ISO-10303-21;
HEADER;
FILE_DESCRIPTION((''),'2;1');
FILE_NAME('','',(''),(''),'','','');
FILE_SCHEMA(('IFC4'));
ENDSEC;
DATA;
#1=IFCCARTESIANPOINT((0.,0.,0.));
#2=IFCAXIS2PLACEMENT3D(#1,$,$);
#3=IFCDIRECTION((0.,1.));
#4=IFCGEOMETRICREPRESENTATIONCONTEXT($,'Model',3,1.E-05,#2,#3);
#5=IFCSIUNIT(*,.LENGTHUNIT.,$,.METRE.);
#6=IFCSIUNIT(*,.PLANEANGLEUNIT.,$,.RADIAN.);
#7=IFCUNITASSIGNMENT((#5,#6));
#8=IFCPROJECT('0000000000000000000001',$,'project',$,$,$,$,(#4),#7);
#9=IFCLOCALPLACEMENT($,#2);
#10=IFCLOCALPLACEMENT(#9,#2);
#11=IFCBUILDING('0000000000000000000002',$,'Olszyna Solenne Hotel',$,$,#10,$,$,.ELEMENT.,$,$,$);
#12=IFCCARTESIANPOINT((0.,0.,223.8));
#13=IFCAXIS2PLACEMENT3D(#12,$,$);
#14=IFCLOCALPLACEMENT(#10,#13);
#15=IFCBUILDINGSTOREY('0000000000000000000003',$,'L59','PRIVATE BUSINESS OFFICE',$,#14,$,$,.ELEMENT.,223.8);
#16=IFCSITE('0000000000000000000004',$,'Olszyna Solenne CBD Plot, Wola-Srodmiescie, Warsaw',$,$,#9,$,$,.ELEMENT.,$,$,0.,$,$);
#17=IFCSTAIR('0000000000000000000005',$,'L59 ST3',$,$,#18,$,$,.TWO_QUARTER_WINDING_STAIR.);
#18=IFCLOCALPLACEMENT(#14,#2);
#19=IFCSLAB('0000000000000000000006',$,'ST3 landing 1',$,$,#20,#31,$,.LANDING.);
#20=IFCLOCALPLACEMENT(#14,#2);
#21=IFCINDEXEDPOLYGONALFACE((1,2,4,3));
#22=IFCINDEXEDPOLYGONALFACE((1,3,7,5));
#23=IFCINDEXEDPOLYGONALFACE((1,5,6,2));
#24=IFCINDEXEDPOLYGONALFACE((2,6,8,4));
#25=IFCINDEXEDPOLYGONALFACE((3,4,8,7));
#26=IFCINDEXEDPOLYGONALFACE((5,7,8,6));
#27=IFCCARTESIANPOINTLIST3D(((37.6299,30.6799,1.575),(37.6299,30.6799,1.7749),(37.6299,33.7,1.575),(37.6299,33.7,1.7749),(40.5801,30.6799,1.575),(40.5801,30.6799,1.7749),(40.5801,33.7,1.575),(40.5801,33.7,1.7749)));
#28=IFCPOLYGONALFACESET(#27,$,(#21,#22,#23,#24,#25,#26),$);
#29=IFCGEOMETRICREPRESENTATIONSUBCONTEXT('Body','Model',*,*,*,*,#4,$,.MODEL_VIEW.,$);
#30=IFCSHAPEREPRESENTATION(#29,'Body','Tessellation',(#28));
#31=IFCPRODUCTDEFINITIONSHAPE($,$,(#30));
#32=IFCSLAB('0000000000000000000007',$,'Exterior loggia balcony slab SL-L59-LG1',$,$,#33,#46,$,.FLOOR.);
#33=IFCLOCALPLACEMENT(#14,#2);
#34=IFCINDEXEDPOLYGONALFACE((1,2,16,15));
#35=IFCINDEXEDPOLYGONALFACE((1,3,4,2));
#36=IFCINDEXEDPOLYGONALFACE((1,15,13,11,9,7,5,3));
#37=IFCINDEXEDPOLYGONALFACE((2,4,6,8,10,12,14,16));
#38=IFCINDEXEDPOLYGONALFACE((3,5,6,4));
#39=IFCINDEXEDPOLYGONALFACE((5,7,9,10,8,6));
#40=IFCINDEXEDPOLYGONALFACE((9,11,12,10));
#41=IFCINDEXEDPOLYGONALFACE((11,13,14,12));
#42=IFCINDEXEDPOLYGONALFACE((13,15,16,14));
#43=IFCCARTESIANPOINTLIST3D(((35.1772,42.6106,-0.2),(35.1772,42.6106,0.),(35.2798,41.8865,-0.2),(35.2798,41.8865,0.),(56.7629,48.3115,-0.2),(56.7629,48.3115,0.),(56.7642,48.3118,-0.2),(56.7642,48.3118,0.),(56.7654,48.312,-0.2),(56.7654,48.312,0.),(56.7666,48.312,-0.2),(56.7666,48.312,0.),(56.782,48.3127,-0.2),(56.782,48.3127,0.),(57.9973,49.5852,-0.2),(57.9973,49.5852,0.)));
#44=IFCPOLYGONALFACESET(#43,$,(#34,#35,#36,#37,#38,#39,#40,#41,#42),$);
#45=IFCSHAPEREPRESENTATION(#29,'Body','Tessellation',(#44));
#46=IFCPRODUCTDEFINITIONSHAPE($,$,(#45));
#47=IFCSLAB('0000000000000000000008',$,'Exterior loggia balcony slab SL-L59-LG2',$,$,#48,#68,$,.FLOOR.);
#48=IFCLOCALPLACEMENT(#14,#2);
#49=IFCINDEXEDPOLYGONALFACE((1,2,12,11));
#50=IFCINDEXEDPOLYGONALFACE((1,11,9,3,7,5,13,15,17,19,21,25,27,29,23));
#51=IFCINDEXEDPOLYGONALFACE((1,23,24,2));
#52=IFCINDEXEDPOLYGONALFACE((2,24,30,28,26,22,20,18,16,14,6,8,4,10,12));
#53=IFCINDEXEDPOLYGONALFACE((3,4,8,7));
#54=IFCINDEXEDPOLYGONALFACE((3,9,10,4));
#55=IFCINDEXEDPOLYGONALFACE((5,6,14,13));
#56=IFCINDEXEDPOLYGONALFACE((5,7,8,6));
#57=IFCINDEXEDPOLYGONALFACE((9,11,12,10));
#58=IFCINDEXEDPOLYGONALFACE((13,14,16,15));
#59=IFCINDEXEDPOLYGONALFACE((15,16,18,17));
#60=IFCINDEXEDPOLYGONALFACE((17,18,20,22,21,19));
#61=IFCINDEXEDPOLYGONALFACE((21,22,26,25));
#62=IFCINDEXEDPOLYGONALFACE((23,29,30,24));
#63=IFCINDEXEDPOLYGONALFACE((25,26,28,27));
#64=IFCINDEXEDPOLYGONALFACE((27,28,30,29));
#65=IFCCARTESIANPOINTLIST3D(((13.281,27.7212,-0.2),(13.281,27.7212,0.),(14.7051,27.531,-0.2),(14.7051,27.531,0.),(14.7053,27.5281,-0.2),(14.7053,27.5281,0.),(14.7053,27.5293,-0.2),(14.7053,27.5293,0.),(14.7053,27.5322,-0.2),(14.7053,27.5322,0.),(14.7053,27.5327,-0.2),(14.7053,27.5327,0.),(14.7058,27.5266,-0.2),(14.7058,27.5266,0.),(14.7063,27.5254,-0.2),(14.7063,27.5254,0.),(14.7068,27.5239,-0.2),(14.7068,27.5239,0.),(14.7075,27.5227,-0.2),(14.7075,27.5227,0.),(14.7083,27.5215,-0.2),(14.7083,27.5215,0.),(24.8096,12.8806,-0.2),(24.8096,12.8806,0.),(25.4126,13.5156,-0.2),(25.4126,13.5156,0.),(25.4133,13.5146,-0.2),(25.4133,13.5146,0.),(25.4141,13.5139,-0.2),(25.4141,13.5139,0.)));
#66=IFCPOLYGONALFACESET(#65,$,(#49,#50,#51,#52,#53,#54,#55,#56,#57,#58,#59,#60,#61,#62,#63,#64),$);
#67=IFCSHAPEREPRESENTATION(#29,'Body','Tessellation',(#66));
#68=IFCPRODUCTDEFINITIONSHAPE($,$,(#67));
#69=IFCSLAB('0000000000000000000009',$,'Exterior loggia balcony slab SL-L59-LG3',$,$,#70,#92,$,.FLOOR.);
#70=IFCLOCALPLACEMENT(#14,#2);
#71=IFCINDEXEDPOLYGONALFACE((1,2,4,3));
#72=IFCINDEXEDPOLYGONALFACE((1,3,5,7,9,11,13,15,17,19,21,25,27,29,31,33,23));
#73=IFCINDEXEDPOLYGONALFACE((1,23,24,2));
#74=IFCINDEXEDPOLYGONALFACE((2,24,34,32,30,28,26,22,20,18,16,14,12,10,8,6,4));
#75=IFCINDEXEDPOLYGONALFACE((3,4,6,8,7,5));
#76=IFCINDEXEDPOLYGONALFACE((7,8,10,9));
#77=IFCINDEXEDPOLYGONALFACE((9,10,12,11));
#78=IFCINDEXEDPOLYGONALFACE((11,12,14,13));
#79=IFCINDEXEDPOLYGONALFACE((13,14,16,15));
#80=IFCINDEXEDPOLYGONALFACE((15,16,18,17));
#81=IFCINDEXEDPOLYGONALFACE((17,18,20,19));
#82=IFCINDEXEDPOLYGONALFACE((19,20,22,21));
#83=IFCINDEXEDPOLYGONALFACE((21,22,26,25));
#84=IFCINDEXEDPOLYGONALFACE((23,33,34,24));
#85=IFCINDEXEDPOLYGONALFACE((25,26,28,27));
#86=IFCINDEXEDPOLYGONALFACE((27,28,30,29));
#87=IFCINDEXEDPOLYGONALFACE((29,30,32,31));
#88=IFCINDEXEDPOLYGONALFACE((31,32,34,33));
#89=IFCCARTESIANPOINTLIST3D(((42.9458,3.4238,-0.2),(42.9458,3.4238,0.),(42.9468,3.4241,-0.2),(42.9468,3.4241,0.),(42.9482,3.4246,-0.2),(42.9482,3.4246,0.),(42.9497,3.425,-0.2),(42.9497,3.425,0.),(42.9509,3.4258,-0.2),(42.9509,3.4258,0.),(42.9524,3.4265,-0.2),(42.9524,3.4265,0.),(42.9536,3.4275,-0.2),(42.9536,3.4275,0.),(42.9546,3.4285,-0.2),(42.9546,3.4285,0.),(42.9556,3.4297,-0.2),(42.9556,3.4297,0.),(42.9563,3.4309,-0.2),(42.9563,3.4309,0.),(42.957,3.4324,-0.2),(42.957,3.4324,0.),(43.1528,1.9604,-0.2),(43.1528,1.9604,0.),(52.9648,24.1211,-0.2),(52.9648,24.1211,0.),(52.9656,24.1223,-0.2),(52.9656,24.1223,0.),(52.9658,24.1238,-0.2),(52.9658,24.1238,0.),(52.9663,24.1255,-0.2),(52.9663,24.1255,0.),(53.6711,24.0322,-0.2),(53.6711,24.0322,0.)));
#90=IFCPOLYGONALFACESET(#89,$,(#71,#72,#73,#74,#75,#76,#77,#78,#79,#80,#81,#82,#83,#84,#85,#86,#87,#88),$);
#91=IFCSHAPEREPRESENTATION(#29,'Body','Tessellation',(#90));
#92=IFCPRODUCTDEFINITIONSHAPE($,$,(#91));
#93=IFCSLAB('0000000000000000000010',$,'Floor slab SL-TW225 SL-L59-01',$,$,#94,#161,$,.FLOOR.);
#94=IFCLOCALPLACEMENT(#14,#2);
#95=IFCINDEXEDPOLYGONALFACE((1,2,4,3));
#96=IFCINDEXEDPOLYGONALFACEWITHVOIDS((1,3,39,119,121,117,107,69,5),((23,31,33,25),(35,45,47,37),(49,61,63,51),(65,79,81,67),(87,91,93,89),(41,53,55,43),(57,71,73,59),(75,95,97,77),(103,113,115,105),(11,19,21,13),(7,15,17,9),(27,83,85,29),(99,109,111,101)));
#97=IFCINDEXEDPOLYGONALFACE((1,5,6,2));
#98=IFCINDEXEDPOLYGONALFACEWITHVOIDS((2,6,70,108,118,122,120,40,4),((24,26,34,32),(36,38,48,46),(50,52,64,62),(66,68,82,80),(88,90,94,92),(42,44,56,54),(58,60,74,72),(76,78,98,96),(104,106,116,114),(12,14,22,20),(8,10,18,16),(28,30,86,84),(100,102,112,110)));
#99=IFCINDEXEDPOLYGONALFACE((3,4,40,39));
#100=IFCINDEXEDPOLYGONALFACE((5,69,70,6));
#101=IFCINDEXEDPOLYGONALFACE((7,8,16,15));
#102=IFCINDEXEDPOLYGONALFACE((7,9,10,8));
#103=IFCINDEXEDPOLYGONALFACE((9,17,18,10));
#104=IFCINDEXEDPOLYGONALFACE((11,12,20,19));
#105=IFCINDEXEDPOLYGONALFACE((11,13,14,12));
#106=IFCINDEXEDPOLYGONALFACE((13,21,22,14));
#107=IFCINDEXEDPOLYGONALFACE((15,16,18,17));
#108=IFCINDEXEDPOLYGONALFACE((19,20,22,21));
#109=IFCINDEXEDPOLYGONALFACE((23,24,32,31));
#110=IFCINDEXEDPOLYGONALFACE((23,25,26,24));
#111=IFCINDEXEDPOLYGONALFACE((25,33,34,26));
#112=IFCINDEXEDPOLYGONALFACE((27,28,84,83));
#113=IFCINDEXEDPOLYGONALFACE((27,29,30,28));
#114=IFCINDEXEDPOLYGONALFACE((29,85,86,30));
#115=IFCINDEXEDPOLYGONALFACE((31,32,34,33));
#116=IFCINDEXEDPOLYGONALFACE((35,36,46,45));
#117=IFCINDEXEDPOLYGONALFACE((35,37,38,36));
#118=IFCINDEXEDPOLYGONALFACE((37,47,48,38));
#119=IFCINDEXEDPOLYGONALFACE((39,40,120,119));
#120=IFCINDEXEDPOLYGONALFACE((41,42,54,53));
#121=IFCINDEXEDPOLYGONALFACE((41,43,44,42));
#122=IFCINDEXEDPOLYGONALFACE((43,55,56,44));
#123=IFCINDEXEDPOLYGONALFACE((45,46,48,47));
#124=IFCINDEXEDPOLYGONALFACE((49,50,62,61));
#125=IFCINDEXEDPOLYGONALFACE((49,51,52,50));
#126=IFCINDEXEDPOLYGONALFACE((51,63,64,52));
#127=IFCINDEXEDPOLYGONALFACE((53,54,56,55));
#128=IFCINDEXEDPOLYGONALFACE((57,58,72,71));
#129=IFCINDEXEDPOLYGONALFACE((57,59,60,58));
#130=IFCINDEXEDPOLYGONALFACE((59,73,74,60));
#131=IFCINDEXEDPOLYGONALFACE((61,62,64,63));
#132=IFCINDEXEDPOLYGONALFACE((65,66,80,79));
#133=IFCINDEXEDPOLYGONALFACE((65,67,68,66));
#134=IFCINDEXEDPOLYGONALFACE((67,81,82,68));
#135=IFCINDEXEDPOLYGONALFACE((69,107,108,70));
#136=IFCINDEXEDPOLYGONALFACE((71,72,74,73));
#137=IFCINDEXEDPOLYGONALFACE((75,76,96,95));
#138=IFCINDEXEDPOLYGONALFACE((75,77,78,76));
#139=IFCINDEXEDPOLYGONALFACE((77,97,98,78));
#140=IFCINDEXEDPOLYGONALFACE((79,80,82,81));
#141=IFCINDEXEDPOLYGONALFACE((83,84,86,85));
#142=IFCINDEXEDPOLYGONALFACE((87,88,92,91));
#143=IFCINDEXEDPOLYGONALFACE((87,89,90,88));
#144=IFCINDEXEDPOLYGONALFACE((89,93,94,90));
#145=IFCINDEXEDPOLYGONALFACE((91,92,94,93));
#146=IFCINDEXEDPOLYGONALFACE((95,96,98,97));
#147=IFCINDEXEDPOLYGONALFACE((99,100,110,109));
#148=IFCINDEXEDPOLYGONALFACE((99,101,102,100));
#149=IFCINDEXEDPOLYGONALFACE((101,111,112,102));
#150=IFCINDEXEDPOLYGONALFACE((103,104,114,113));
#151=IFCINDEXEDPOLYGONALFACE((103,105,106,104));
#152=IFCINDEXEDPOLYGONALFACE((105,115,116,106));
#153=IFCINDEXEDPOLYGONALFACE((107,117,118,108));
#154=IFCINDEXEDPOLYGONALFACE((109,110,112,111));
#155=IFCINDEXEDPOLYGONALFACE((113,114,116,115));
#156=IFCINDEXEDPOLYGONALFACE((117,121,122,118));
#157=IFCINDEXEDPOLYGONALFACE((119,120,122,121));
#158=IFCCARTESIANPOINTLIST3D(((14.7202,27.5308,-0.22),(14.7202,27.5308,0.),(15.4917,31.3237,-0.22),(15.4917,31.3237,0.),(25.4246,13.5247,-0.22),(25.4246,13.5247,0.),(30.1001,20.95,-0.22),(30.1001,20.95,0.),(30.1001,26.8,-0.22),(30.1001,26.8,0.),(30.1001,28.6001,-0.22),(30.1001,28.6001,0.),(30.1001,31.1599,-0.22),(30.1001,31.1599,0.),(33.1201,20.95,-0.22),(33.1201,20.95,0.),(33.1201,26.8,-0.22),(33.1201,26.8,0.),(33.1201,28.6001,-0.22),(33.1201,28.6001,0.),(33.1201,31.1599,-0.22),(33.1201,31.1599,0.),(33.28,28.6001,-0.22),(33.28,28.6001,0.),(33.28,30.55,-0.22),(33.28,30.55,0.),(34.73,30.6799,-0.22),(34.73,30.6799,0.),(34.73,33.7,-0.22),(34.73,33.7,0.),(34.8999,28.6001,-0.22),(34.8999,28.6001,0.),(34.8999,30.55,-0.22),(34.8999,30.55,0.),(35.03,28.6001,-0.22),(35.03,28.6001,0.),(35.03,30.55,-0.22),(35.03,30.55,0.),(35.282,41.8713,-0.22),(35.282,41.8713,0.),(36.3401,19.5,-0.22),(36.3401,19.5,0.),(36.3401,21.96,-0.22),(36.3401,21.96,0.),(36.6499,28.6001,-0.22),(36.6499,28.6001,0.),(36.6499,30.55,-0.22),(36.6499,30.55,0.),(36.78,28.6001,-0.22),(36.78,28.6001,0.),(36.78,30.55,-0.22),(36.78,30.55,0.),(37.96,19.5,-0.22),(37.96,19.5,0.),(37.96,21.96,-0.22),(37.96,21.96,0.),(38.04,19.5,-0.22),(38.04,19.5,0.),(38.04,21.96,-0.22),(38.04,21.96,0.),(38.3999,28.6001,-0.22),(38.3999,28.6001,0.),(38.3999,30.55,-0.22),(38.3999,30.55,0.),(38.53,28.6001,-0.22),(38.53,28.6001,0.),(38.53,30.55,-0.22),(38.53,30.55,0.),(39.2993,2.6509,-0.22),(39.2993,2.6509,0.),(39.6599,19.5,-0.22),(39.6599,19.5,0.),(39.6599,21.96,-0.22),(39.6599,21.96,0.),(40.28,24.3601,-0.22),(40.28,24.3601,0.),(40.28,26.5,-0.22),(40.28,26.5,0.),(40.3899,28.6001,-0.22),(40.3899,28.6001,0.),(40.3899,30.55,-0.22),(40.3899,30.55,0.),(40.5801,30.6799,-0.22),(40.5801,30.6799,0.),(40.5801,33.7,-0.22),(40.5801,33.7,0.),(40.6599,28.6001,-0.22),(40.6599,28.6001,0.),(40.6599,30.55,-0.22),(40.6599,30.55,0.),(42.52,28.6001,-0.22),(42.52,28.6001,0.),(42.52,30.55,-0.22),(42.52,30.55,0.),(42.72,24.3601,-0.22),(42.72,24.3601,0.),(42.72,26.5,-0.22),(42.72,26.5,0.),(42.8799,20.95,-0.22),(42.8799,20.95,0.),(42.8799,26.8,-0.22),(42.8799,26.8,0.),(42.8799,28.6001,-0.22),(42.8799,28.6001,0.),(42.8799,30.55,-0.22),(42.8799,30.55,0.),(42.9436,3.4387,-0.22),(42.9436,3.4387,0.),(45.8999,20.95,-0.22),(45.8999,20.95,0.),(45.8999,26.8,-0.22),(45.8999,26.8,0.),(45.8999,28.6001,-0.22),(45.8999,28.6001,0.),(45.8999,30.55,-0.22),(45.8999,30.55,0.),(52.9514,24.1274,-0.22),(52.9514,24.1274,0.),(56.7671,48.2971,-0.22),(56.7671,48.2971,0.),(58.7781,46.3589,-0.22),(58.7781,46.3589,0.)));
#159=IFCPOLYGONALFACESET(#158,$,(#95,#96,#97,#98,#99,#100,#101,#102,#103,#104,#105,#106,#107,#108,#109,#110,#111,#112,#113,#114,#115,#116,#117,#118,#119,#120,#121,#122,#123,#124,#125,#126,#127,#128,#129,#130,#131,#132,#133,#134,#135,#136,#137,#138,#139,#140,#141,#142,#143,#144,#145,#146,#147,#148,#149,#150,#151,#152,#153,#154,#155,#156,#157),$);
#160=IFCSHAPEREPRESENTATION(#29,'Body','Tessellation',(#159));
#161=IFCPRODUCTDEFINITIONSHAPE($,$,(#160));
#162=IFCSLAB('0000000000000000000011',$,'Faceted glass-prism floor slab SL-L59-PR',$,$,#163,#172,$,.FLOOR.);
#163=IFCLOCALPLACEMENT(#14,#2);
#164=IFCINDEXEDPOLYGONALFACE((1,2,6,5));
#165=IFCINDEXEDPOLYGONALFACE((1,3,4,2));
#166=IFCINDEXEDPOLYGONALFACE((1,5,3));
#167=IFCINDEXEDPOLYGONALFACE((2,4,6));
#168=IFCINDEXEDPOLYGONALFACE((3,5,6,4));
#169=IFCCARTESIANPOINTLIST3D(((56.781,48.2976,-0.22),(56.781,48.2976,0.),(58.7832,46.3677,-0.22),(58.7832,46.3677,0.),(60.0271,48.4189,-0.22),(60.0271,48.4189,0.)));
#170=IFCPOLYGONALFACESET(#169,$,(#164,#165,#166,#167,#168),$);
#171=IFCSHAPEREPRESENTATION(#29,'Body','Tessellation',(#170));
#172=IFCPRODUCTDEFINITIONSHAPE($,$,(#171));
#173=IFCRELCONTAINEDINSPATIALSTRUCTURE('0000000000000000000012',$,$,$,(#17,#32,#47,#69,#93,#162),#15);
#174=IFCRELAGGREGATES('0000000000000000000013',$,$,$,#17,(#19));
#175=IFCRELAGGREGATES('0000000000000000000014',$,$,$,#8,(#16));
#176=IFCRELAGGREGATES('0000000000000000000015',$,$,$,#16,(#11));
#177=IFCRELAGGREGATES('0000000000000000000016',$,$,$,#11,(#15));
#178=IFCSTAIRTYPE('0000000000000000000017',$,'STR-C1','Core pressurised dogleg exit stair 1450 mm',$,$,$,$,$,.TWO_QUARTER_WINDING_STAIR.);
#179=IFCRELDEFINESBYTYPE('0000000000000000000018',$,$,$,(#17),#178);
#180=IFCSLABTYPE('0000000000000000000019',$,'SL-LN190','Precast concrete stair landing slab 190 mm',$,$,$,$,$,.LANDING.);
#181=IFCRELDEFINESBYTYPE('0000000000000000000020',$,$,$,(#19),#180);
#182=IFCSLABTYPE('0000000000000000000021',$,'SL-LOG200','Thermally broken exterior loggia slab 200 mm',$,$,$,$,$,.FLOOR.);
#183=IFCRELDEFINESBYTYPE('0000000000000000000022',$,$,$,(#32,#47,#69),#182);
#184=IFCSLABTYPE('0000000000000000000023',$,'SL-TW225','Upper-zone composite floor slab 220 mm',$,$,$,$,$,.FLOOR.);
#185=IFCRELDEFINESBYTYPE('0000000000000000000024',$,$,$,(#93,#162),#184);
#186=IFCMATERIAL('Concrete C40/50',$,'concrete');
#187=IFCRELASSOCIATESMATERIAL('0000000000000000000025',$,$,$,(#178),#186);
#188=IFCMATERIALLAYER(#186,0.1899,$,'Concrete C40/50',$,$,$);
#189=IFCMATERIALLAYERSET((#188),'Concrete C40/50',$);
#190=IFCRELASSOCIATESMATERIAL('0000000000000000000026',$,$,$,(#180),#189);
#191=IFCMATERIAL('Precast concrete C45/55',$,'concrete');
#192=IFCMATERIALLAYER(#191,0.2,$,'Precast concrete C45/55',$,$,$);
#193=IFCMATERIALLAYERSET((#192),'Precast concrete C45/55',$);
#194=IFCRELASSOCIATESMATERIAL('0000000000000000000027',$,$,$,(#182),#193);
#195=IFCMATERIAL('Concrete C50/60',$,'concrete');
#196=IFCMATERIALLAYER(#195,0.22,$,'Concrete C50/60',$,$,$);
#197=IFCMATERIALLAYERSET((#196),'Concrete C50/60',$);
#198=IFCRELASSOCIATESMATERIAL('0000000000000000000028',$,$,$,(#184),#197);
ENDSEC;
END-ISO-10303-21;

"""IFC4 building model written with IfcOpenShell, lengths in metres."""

from ifc_helpers import new_model, si_unit, direction, frame, origin, place, context, subcontext, project, spatial, polyline, outline, extrude, material, layer, layer_set, type_object, element, aggregate, save


model = new_model("IFC4")

# Units and contexts
model_context = context("Model", 3, precision=1e-05, world=origin(), true_north=direction((0.0, 1.0)))
body_context = subcontext(model_context, "Body", "Model", "MODEL_VIEW")
ifc_project = project(units=[si_unit("LENGTHUNIT", "METRE"), si_unit("PLANEANGLEUNIT", "RADIAN")], contexts=[model_context])

# Site, building, storey
site_placement = place(None, origin())
site = spatial("IfcSite", under=ifc_project, at=site_placement, Name="Olszyna Solenne CBD Plot, Wola-Srodmiescie, Warsaw", CompositionType="ELEMENT", RefElevation=0.0)
building_placement = place(site_placement, origin())
building = spatial("IfcBuilding", under=site, at=building_placement, Name="Olszyna Solenne Hotel", CompositionType="ELEMENT")
storey_placement = place(building_placement, frame((0.0, 0.0, 223.8)))
storey = spatial("IfcBuildingStorey", under=building, at=storey_placement, Name="L59", Description="PRIVATE BUSINESS OFFICE", CompositionType="ELEMENT", Elevation=223.8)

# Stair, slab
ifc_material_1 = material(Name="Concrete C40/50", Category="concrete")
stair_type = type_object("IfcStairType", Name="STR-C1", Description="Core pressurised dogleg exit stair 1450 mm", PredefinedType="TWO_QUARTER_WINDING_STAIR", material=ifc_material_1)
ifc_layer_1 = layer(ifc_material_1, 0.1899, Name="Concrete C40/50")
ifc_layer_set_1 = layer_set([ifc_layer_1], Name="Concrete C40/50")
slab_type_1 = type_object("IfcSlabType", Name="SL-LN190", Description="Precast concrete stair landing slab 190 mm", PredefinedType="LANDING", material=ifc_layer_set_1)
stair_1_placement = place(storey_placement, origin())
stair_1 = element("IfcStair", 1, at=stair_1_placement, inside=storey, type_object=stair_type, Name="L59 ST3", PredefinedType="TWO_QUARTER_WINDING_STAIR")
slab_1_placement = place(storey_placement, frame((0.0, 0.0, 1.575)))
slab_1 = element("IfcSlab", 2, at=slab_1_placement, type_object=slab_type_1, Name="ST3 landing 1", PredefinedType="LANDING", context=body_context, shape_type="SweptSolid", body=[
    extrude(outline(polyline([(37.6299, 30.6799), (40.5801, 30.6799), (40.5801, 33.7), (37.6299, 33.7), (37.6299, 30.6799)])), origin(), (0.0, 0.0, 1.0), 0.2),
])
aggregate(stair_1, [slab_1])

# Slabs
ifc_material_2 = material(Name="Precast concrete C45/55", Category="concrete")
ifc_layer_2 = layer(ifc_material_2, 0.2, Name="Precast concrete C45/55")
ifc_layer_set_2 = layer_set([ifc_layer_2], Name="Precast concrete C45/55")
slab_type_2 = type_object("IfcSlabType", Name="SL-LOG200", Description="Thermally broken exterior loggia slab 200 mm", PredefinedType="FLOOR", material=ifc_layer_set_2)
slab_2_placement = place(storey_placement, frame((0.0, 0.0, -0.2)))
element("IfcSlab", 3, at=slab_2_placement, inside=storey, type_object=slab_type_2, Name="Exterior loggia balcony slab SL-L59-LG1", PredefinedType="FLOOR", context=body_context, shape_type="SweptSolid", body=[
    extrude(outline(polyline([(35.2798, 41.8865), (56.7629, 48.3115), (56.7642, 48.3118), (56.7654, 48.312), (56.7666, 48.312), (56.782, 48.3127), (57.9973, 49.5852), (35.1772, 42.6106), (35.2798, 41.8865)])), origin(), (0.0, 0.0, 1.0), 0.2),
])
slab_3_placement = place(storey_placement, frame((0.0, 0.0, -0.2)))
element("IfcSlab", 4, at=slab_3_placement, inside=storey, type_object=slab_type_2, Name="Exterior loggia balcony slab SL-L59-LG2", PredefinedType="FLOOR", context=body_context, shape_type="SweptSolid", body=[
    extrude(outline(polyline([(25.4141, 13.5139), (25.4133, 13.5146), (25.4126, 13.5156), (14.7083, 27.5215), (14.7075, 27.5227), (14.7068, 27.5239), (14.7063, 27.5254), (14.7058, 27.5266), (14.7053, 27.5281), (14.7053, 27.5293), (14.7051, 27.531), (14.7053, 27.5322), (14.7053, 27.5327), (13.281, 27.7212), (24.8096, 12.8806), (25.4141, 13.5139)])), origin(), (0.0, 0.0, 1.0), 0.2),
])
slab_4_placement = place(storey_placement, frame((0.0, 0.0, -0.2)))
element("IfcSlab", 5, at=slab_4_placement, inside=storey, type_object=slab_type_2, Name="Exterior loggia balcony slab SL-L59-LG3", PredefinedType="FLOOR", context=body_context, shape_type="SweptSolid", body=[
    extrude(outline(polyline([(52.9663, 24.1255), (52.9658, 24.1238), (52.9656, 24.1223), (52.9648, 24.1211), (42.957, 3.4324), (42.9563, 3.4309), (42.9556, 3.4297), (42.9546, 3.4285), (42.9536, 3.4275), (42.9524, 3.4265), (42.9509, 3.4258), (42.9497, 3.425), (42.9482, 3.4246), (42.9468, 3.4241), (42.9458, 3.4238), (43.1528, 1.9604), (53.6711, 24.0322), (52.9663, 24.1255)])), origin(), (0.0, 0.0, 1.0), 0.2),
])
ifc_material_3 = material(Name="Concrete C50/60", Category="concrete")
ifc_layer_3 = layer(ifc_material_3, 0.22, Name="Concrete C50/60")
ifc_layer_set_3 = layer_set([ifc_layer_3], Name="Concrete C50/60")
slab_type_3 = type_object("IfcSlabType", Name="SL-TW225", Description="Upper-zone composite floor slab 220 mm", PredefinedType="FLOOR", material=ifc_layer_set_3)
slab_5_placement = place(storey_placement, frame((0.0, 0.0, -0.22)))
element("IfcSlab", 6, at=slab_5_placement, inside=storey, type_object=slab_type_3, Name="Floor slab SL-TW225 SL-L59-01", PredefinedType="FLOOR", context=body_context, shape_type="SweptSolid", body=[
    extrude(outline(polyline([(58.7781, 46.3589), (56.7671, 48.2971), (35.282, 41.8713), (15.4917, 31.3237), (14.7202, 27.5308), (25.4246, 13.5247), (39.2993, 2.6509), (42.9436, 3.4387), (52.9514, 24.1274), (58.7781, 46.3589)]), holes=[polyline([(30.1001, 20.95), (33.1201, 20.95), (33.1201, 26.8), (30.1001, 26.8), (30.1001, 20.95)]), polyline([(42.8799, 20.95), (45.8999, 20.95), (45.8999, 26.8), (42.8799, 26.8), (42.8799, 20.95)]), polyline([(34.73, 30.6799), (40.5801, 30.6799), (40.5801, 33.7), (34.73, 33.7), (34.73, 30.6799)]), polyline([(36.3401, 19.5), (37.96, 19.5), (37.96, 21.96), (36.3401, 21.96), (36.3401, 19.5)]), polyline([(38.04, 19.5), (39.6599, 19.5), (39.6599, 21.96), (38.04, 21.96), (38.04, 19.5)]), polyline([(30.1001, 28.6001), (33.1201, 28.6001), (33.1201, 31.1599), (30.1001, 31.1599), (30.1001, 28.6001)]), polyline([(40.28, 24.3601), (42.72, 24.3601), (42.72, 26.5), (40.28, 26.5), (40.28, 24.3601)]), polyline([(33.28, 28.6001), (34.8999, 28.6001), (34.8999, 30.55), (33.28, 30.55), (33.28, 28.6001)]), polyline([(35.03, 28.6001), (36.6499, 28.6001), (36.6499, 30.55), (35.03, 30.55), (35.03, 28.6001)]), polyline([(36.78, 28.6001), (38.3999, 28.6001), (38.3999, 30.55), (36.78, 30.55), (36.78, 28.6001)]), polyline([(38.53, 28.6001), (40.3899, 28.6001), (40.3899, 30.55), (38.53, 30.55), (38.53, 28.6001)]), polyline([(40.6599, 28.6001), (42.52, 28.6001), (42.52, 30.55), (40.6599, 30.55), (40.6599, 28.6001)]), polyline([(42.8799, 28.6001), (45.8999, 28.6001), (45.8999, 30.55), (42.8799, 30.55), (42.8799, 28.6001)])]), origin(), (0.0, 0.0, 1.0), 0.22),
])
slab_6_placement = place(storey_placement, frame((0.0, 0.0, -0.22)))
element("IfcSlab", 7, at=slab_6_placement, inside=storey, type_object=slab_type_3, Name="Faceted glass-prism floor slab SL-L59-PR", PredefinedType="FLOOR", context=body_context, shape_type="SweptSolid", body=[
    extrude(outline(polyline([(56.781, 48.2976), (58.7832, 46.3677), (60.0271, 48.4189), (56.781, 48.2976)])), origin(), (0.0, 0.0, 1.0), 0.22),
])

save(model, "model.ifc")
